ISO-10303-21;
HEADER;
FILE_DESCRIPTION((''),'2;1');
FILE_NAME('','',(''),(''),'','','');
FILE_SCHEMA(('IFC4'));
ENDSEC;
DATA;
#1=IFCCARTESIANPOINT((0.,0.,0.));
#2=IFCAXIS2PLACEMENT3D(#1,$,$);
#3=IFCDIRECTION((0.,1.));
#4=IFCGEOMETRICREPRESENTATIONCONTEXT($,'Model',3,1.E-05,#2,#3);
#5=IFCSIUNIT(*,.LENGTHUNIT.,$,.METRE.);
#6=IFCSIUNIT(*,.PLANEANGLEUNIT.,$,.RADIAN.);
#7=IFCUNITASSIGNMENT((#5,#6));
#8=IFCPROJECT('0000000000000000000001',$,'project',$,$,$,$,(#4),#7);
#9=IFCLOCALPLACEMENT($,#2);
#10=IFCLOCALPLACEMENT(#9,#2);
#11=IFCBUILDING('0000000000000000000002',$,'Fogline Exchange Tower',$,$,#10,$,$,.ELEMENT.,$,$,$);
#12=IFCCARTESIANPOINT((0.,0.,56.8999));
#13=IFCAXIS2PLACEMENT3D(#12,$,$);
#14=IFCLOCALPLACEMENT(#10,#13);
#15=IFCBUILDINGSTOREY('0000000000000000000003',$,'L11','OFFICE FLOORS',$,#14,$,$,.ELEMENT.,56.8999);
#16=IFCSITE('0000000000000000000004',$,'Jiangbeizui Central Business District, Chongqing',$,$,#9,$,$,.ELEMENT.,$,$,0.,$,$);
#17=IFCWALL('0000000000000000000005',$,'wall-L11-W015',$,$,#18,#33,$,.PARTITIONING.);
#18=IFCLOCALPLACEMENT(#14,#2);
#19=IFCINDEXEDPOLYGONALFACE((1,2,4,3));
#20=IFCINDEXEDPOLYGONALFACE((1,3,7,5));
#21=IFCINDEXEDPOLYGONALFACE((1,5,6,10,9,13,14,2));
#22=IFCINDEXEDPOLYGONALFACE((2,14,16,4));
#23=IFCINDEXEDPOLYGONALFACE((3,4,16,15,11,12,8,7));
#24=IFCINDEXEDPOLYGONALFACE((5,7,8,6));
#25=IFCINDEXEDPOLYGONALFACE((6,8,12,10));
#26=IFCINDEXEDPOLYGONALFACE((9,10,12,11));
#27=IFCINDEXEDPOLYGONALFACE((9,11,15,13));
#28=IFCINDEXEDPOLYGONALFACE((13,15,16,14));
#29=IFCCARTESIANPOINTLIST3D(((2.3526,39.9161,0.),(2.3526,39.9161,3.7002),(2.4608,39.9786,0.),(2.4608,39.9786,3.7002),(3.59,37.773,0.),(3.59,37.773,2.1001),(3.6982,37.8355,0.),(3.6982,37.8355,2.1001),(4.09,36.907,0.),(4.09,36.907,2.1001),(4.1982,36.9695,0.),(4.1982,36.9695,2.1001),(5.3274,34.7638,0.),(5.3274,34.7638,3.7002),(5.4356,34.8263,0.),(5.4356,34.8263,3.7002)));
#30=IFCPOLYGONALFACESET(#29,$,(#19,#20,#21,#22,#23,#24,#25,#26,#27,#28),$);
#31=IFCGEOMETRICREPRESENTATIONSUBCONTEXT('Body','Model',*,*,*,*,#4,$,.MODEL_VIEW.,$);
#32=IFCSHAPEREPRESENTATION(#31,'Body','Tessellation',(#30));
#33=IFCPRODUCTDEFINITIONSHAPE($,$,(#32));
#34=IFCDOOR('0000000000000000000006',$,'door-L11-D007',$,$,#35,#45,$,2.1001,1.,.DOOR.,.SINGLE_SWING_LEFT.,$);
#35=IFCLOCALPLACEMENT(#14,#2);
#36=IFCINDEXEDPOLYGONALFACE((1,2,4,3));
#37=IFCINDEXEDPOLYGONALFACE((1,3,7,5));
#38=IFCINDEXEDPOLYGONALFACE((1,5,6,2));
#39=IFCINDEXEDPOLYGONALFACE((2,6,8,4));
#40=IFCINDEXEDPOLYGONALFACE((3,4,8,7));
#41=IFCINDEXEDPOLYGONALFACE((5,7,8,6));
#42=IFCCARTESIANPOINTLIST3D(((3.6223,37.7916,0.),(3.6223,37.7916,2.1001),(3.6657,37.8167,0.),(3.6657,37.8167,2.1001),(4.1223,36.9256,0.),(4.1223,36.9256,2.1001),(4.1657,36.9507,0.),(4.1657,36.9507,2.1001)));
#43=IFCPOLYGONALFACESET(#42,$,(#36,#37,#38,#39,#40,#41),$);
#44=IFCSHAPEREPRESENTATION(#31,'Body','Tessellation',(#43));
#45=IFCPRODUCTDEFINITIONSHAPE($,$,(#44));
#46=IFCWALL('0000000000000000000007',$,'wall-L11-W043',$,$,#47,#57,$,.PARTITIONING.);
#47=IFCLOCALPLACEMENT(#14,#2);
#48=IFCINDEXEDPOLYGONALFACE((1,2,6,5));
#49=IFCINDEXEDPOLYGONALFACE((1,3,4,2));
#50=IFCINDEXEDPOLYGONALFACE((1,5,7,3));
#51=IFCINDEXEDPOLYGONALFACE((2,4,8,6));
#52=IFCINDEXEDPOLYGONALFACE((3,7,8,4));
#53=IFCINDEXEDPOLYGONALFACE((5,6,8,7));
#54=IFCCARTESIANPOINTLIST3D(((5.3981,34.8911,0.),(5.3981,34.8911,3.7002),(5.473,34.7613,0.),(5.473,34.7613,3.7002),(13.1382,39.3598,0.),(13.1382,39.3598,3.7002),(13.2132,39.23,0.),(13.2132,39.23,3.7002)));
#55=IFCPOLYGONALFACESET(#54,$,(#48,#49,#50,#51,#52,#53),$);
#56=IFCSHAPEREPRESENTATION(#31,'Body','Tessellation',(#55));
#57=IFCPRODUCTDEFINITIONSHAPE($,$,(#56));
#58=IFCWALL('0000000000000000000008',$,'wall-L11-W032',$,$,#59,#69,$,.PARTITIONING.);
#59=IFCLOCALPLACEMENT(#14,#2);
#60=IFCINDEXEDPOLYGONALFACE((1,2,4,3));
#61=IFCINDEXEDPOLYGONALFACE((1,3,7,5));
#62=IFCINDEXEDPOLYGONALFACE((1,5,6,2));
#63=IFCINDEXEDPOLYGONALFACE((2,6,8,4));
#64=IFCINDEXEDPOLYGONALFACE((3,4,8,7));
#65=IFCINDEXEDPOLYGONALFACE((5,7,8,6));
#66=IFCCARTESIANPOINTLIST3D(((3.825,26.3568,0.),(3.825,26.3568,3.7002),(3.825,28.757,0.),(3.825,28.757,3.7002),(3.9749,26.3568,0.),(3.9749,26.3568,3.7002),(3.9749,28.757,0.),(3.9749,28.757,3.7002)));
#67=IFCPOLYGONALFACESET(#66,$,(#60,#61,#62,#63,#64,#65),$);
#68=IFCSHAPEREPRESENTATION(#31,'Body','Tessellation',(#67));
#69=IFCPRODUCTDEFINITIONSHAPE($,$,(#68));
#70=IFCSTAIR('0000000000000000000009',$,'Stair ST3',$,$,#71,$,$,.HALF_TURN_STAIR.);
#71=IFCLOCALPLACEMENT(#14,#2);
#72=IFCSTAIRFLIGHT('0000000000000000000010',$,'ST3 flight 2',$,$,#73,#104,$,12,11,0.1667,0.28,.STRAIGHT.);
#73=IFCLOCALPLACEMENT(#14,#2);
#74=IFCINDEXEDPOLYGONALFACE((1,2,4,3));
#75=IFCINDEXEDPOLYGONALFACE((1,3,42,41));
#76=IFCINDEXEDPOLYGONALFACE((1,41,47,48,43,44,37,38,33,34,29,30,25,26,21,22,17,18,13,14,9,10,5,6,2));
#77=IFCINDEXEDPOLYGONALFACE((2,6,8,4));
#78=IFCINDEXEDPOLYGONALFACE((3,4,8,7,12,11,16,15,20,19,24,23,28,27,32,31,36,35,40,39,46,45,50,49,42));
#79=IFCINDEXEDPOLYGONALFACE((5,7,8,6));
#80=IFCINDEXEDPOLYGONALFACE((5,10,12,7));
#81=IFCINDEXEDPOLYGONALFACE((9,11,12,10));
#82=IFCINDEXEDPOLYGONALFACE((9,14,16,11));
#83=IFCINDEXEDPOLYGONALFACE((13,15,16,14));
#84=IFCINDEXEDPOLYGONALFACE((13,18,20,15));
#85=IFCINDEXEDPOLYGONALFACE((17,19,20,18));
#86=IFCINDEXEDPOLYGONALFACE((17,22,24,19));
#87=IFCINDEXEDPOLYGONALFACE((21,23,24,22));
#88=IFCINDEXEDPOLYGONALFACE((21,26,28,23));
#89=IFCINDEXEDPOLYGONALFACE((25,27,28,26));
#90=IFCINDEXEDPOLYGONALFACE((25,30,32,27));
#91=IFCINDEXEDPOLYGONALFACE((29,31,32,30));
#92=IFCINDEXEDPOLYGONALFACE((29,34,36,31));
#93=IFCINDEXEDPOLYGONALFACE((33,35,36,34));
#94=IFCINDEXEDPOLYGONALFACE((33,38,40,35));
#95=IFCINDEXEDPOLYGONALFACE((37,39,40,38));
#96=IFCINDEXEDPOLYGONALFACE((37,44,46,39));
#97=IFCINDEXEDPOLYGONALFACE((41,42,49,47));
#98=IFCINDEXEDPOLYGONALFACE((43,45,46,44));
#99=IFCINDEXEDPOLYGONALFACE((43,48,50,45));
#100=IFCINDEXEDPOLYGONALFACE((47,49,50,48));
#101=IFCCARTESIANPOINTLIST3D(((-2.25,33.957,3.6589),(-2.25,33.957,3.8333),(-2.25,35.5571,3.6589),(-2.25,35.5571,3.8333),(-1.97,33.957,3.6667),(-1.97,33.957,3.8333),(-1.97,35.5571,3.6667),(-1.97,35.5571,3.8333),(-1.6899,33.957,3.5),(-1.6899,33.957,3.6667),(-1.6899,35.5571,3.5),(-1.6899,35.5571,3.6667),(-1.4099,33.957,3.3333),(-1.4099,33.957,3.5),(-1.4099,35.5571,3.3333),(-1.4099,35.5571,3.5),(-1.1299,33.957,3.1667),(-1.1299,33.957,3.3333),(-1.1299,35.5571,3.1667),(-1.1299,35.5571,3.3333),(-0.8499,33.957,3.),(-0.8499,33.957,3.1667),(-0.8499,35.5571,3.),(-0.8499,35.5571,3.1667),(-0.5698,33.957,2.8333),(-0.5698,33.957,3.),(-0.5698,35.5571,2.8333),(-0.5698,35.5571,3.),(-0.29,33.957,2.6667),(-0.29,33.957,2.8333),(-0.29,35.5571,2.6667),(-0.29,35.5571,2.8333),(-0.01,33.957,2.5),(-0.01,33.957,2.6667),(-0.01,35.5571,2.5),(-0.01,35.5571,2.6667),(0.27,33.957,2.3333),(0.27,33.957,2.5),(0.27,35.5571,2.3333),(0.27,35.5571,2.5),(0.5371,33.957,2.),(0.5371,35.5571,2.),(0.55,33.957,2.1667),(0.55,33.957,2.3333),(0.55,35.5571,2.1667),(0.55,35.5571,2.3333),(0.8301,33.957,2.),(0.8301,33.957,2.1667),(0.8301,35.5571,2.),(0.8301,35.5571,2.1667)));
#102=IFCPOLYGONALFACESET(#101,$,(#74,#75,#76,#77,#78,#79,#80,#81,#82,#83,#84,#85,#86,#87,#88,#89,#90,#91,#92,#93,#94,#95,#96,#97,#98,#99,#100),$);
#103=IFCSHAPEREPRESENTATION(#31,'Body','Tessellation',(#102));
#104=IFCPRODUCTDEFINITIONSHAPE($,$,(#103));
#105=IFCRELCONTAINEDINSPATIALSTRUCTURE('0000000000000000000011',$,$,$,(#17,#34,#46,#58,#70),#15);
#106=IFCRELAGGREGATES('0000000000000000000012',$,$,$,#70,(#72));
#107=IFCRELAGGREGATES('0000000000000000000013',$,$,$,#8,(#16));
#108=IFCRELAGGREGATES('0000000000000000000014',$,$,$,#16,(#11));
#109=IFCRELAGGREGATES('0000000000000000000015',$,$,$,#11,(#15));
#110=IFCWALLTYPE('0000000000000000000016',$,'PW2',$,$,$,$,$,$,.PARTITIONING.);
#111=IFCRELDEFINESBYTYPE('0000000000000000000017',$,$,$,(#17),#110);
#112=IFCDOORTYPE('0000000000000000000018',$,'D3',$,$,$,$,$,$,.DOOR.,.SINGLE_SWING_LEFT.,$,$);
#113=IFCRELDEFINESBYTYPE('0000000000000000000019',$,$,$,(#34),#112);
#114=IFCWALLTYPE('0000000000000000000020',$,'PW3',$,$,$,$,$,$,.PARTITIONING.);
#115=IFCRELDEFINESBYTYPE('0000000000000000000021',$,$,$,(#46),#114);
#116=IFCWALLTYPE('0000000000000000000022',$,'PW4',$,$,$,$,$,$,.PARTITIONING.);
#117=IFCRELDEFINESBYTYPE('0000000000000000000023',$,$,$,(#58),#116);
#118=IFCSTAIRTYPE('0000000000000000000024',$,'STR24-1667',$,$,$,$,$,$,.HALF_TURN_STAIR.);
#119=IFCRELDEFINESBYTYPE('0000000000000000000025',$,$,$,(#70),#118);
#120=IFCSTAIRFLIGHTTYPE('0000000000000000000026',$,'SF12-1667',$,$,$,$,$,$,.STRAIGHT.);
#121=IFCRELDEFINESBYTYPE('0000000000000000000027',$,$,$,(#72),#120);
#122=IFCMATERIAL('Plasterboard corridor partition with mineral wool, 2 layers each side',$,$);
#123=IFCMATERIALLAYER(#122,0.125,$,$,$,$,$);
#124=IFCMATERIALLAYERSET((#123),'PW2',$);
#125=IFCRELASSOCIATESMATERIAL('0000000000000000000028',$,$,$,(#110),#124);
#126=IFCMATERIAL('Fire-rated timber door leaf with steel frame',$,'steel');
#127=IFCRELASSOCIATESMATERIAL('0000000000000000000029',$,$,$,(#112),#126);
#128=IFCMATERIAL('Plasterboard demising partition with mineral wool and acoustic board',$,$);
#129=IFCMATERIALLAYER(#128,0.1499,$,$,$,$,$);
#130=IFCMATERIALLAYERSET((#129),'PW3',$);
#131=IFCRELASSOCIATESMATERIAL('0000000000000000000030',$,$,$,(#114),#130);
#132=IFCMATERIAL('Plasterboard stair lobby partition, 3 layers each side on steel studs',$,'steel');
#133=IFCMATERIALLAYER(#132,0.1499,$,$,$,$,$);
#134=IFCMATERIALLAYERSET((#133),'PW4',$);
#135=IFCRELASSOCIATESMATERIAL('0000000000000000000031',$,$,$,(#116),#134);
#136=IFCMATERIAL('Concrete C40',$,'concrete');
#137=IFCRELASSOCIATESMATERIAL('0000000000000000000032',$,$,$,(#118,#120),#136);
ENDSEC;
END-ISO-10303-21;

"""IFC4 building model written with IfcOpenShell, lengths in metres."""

from ifc_helpers import new_model, si_unit, direction, frame, frame_2d, origin, place, context, subcontext, project, spatial, polyline, rectangle, outline, extrude, material, layer, layer_set, type_object, element, fill, aggregate, save


model = new_model("IFC4")

# Units and contexts
model_context = context("Model", 3, precision=1e-05, world=origin(), true_north=direction((0.0, 1.0)))
body_context = subcontext(model_context, "Body", "Model", "MODEL_VIEW")
ifc_project = project(units=[si_unit("LENGTHUNIT", "METRE"), si_unit("PLANEANGLEUNIT", "RADIAN")], contexts=[model_context])

# Site, building, storey
site_placement = place(None, origin())
site = spatial("IfcSite", under=ifc_project, at=site_placement, Name="Jiangbeizui Central Business District, Chongqing", CompositionType="ELEMENT", RefElevation=0.0)
building_placement = place(site_placement, origin())
building = spatial("IfcBuilding", under=site, at=building_placement, Name="Fogline Exchange Tower", CompositionType="ELEMENT")
storey_placement = place(building_placement, frame((0.0, 0.0, 56.8999)))
storey = spatial("IfcBuildingStorey", under=building, at=storey_placement, Name="L11", Description="OFFICE FLOORS", CompositionType="ELEMENT", Elevation=56.8999)

# Shared definitions
ifc_material_1 = material(Name="Concrete C40", Category="concrete")

# Shared definitions
ifc_material_2 = material(Name="Plasterboard corridor partition with mineral wool, 2 layers each side")
ifc_layer_1 = layer(ifc_material_2, 0.125)
ifc_layer_set_1 = layer_set([ifc_layer_1], Name="PW2")
wall_type_1 = type_object("IfcWallType", Name="PW2", PredefinedType="PARTITIONING", material=ifc_layer_set_1)
ifc_material_3 = material(Name="Fire-rated timber door leaf with steel frame", Category="steel")
door_type = type_object("IfcDoorType", Name="D3", OperationType="SINGLE_SWING_LEFT", PredefinedType="DOOR", material=ifc_material_3)

# Wall, opening, door
wall_1_placement = place(storey_placement, frame((2.4067, 39.9473, 0.0), z_axis=(0.0, 0.0, 1.0), x_axis=(0.500018, -0.866015, 0.0)))
wall_1 = element("IfcWall", 1, at=wall_1_placement, inside=storey, type_object=wall_type_1, Name="wall-L11-W015", PredefinedType="PARTITIONING", context=body_context, shape_type="SweptSolid", body=[
    extrude(rectangle(XDim=5.9495, YDim=0.125, at=frame_2d((2.9746, 0.0))), origin(), (0.0, 0.0, 1.0), 3.7002),
])
opening_1_placement = place(wall_1_placement, frame((2.4746, 0.0, 0.0)))
opening_1 = element("IfcOpeningElement", 2, at=opening_1_placement, cuts=wall_1, PredefinedType="OPENING", context=body_context, shape_type="SweptSolid", body=[
    extrude(rectangle(XDim=1.0, YDim=2.1001, at=frame_2d((0.5, 1.05))), frame((0.0, 0.0725, 0.0), z_axis=(0.0, -1.0, 0.0), x_axis=(1.0, 0.0, 0.0)), (0.0, 0.0, 1.0), 0.145),
])
door_1_placement = place(opening_1_placement, origin())
door_1 = element("IfcDoor", 3, at=door_1_placement, inside=storey, type_object=door_type, Name="door-L11-D007", OperationType="SINGLE_SWING_LEFT", OverallHeight=2.1001, OverallWidth=1.0, PredefinedType="DOOR", context=body_context, shape_type="SweptSolid", body=[
    extrude(rectangle(XDim=1.0, YDim=2.1001, at=frame_2d((0.5, 1.05))), frame((0.0, 0.0249, 0.0), z_axis=(0.0, -1.0, 0.0), x_axis=(1.0, 0.0, 0.0)), (0.0, 0.0, 1.0), 0.05),
])
fill(opening_1, door_1)

# Walls
ifc_material_4 = material(Name="Plasterboard demising partition with mineral wool and acoustic board")
ifc_layer_2 = layer(ifc_material_4, 0.1499)
ifc_layer_set_2 = layer_set([ifc_layer_2], Name="PW3")
wall_type_2 = type_object("IfcWallType", Name="PW3", PredefinedType="PARTITIONING", material=ifc_layer_set_2)
wall_2_placement = place(storey_placement, frame((5.4355, 34.8262, 0.0), z_axis=(0.0, 0.0, 1.0), x_axis=(0.866029, 0.499994, 0.0)))
element("IfcWall", 4, at=wall_2_placement, inside=storey, type_object=wall_type_2, Name="wall-L11-W043", PredefinedType="PARTITIONING", context=body_context, shape_type="SweptSolid", body=[
    extrude(rectangle(XDim=8.9375, YDim=0.1499, at=frame_2d((4.4688, 0.0))), origin(), (0.0, 0.0, 1.0), 3.7002),
])
ifc_material_5 = material(Name="Plasterboard stair lobby partition, 3 layers each side on steel studs", Category="steel")
ifc_layer_3 = layer(ifc_material_5, 0.1499)
ifc_layer_set_3 = layer_set([ifc_layer_3], Name="PW4")
wall_type_3 = type_object("IfcWallType", Name="PW4", PredefinedType="PARTITIONING", material=ifc_layer_set_3)
wall_3_placement = place(storey_placement, frame((3.8999, 28.7571, 0.0), z_axis=(0.0, 0.0, 1.0), x_axis=(0.0, -1.0, 0.0)))
element("IfcWall", 5, at=wall_3_placement, inside=storey, type_object=wall_type_3, Name="wall-L11-W032", PredefinedType="PARTITIONING", context=body_context, shape_type="SweptSolid", body=[
    extrude(rectangle(XDim=2.4001, YDim=0.1499, at=frame_2d((1.2002, 0.0))), origin(), (0.0, 0.0, 1.0), 3.7002),
])

# Stair, stair flight
stair_type = type_object("IfcStairType", Name="STR24-1667", PredefinedType="HALF_TURN_STAIR", material=ifc_material_1)
stair_placement = place(storey_placement, origin())
stair = element("IfcStair", 6, at=stair_placement, inside=storey, type_object=stair_type, Name="Stair ST3", PredefinedType="HALF_TURN_STAIR")
stair_flight_type = type_object("IfcStairFlightType", Name="SF12-1667", PredefinedType="STRAIGHT", material=ifc_material_1)
stair_flight_placement = place(storey_placement, frame((0.8301, 34.7571, 2.0), z_axis=(0.0, 0.0, 1.0), x_axis=(-1.0, 0.0, 0.0)))
stair_flight = element("IfcStairFlight", 7, at=stair_flight_placement, type_object=stair_flight_type, Name="ST3 flight 2", NumberOfRisers=12, NumberOfTreads=11, PredefinedType="STRAIGHT", RiserHeight=0.1667, TreadLength=0.28, context=body_context, shape_type="SweptSolid", body=[
    extrude(outline(polyline([(0.0, 0.0), (0.0, 0.1667), (0.28, 0.1667), (0.28, 0.3333), (0.5601, 0.3333), (0.5601, 0.5), (0.8401, 0.5), (0.8401, 0.6667), (1.1201, 0.6667), (1.1201, 0.8333), (1.3999, 0.8333), (1.3999, 1.0), (1.6799, 1.0), (1.6799, 1.1667), (1.96, 1.1667), (1.96, 1.3333), (2.24, 1.3333), (2.24, 1.5), (2.52, 1.5), (2.52, 1.6667), (2.8, 1.6667), (2.8, 1.8333), (3.0801, 1.8333), (3.0801, 2.0), (3.0801, 1.6589), (0.293, 0.0), (0.0, 0.0)])), frame((0.0, 0.8, 0.0), z_axis=(0.0, -1.0, 0.0), x_axis=(1.0, 0.0, 0.0)), (0.0, 0.0, 1.0), 1.6001),
])
aggregate(stair, [stair_flight])

save(model, "model.ifc")
